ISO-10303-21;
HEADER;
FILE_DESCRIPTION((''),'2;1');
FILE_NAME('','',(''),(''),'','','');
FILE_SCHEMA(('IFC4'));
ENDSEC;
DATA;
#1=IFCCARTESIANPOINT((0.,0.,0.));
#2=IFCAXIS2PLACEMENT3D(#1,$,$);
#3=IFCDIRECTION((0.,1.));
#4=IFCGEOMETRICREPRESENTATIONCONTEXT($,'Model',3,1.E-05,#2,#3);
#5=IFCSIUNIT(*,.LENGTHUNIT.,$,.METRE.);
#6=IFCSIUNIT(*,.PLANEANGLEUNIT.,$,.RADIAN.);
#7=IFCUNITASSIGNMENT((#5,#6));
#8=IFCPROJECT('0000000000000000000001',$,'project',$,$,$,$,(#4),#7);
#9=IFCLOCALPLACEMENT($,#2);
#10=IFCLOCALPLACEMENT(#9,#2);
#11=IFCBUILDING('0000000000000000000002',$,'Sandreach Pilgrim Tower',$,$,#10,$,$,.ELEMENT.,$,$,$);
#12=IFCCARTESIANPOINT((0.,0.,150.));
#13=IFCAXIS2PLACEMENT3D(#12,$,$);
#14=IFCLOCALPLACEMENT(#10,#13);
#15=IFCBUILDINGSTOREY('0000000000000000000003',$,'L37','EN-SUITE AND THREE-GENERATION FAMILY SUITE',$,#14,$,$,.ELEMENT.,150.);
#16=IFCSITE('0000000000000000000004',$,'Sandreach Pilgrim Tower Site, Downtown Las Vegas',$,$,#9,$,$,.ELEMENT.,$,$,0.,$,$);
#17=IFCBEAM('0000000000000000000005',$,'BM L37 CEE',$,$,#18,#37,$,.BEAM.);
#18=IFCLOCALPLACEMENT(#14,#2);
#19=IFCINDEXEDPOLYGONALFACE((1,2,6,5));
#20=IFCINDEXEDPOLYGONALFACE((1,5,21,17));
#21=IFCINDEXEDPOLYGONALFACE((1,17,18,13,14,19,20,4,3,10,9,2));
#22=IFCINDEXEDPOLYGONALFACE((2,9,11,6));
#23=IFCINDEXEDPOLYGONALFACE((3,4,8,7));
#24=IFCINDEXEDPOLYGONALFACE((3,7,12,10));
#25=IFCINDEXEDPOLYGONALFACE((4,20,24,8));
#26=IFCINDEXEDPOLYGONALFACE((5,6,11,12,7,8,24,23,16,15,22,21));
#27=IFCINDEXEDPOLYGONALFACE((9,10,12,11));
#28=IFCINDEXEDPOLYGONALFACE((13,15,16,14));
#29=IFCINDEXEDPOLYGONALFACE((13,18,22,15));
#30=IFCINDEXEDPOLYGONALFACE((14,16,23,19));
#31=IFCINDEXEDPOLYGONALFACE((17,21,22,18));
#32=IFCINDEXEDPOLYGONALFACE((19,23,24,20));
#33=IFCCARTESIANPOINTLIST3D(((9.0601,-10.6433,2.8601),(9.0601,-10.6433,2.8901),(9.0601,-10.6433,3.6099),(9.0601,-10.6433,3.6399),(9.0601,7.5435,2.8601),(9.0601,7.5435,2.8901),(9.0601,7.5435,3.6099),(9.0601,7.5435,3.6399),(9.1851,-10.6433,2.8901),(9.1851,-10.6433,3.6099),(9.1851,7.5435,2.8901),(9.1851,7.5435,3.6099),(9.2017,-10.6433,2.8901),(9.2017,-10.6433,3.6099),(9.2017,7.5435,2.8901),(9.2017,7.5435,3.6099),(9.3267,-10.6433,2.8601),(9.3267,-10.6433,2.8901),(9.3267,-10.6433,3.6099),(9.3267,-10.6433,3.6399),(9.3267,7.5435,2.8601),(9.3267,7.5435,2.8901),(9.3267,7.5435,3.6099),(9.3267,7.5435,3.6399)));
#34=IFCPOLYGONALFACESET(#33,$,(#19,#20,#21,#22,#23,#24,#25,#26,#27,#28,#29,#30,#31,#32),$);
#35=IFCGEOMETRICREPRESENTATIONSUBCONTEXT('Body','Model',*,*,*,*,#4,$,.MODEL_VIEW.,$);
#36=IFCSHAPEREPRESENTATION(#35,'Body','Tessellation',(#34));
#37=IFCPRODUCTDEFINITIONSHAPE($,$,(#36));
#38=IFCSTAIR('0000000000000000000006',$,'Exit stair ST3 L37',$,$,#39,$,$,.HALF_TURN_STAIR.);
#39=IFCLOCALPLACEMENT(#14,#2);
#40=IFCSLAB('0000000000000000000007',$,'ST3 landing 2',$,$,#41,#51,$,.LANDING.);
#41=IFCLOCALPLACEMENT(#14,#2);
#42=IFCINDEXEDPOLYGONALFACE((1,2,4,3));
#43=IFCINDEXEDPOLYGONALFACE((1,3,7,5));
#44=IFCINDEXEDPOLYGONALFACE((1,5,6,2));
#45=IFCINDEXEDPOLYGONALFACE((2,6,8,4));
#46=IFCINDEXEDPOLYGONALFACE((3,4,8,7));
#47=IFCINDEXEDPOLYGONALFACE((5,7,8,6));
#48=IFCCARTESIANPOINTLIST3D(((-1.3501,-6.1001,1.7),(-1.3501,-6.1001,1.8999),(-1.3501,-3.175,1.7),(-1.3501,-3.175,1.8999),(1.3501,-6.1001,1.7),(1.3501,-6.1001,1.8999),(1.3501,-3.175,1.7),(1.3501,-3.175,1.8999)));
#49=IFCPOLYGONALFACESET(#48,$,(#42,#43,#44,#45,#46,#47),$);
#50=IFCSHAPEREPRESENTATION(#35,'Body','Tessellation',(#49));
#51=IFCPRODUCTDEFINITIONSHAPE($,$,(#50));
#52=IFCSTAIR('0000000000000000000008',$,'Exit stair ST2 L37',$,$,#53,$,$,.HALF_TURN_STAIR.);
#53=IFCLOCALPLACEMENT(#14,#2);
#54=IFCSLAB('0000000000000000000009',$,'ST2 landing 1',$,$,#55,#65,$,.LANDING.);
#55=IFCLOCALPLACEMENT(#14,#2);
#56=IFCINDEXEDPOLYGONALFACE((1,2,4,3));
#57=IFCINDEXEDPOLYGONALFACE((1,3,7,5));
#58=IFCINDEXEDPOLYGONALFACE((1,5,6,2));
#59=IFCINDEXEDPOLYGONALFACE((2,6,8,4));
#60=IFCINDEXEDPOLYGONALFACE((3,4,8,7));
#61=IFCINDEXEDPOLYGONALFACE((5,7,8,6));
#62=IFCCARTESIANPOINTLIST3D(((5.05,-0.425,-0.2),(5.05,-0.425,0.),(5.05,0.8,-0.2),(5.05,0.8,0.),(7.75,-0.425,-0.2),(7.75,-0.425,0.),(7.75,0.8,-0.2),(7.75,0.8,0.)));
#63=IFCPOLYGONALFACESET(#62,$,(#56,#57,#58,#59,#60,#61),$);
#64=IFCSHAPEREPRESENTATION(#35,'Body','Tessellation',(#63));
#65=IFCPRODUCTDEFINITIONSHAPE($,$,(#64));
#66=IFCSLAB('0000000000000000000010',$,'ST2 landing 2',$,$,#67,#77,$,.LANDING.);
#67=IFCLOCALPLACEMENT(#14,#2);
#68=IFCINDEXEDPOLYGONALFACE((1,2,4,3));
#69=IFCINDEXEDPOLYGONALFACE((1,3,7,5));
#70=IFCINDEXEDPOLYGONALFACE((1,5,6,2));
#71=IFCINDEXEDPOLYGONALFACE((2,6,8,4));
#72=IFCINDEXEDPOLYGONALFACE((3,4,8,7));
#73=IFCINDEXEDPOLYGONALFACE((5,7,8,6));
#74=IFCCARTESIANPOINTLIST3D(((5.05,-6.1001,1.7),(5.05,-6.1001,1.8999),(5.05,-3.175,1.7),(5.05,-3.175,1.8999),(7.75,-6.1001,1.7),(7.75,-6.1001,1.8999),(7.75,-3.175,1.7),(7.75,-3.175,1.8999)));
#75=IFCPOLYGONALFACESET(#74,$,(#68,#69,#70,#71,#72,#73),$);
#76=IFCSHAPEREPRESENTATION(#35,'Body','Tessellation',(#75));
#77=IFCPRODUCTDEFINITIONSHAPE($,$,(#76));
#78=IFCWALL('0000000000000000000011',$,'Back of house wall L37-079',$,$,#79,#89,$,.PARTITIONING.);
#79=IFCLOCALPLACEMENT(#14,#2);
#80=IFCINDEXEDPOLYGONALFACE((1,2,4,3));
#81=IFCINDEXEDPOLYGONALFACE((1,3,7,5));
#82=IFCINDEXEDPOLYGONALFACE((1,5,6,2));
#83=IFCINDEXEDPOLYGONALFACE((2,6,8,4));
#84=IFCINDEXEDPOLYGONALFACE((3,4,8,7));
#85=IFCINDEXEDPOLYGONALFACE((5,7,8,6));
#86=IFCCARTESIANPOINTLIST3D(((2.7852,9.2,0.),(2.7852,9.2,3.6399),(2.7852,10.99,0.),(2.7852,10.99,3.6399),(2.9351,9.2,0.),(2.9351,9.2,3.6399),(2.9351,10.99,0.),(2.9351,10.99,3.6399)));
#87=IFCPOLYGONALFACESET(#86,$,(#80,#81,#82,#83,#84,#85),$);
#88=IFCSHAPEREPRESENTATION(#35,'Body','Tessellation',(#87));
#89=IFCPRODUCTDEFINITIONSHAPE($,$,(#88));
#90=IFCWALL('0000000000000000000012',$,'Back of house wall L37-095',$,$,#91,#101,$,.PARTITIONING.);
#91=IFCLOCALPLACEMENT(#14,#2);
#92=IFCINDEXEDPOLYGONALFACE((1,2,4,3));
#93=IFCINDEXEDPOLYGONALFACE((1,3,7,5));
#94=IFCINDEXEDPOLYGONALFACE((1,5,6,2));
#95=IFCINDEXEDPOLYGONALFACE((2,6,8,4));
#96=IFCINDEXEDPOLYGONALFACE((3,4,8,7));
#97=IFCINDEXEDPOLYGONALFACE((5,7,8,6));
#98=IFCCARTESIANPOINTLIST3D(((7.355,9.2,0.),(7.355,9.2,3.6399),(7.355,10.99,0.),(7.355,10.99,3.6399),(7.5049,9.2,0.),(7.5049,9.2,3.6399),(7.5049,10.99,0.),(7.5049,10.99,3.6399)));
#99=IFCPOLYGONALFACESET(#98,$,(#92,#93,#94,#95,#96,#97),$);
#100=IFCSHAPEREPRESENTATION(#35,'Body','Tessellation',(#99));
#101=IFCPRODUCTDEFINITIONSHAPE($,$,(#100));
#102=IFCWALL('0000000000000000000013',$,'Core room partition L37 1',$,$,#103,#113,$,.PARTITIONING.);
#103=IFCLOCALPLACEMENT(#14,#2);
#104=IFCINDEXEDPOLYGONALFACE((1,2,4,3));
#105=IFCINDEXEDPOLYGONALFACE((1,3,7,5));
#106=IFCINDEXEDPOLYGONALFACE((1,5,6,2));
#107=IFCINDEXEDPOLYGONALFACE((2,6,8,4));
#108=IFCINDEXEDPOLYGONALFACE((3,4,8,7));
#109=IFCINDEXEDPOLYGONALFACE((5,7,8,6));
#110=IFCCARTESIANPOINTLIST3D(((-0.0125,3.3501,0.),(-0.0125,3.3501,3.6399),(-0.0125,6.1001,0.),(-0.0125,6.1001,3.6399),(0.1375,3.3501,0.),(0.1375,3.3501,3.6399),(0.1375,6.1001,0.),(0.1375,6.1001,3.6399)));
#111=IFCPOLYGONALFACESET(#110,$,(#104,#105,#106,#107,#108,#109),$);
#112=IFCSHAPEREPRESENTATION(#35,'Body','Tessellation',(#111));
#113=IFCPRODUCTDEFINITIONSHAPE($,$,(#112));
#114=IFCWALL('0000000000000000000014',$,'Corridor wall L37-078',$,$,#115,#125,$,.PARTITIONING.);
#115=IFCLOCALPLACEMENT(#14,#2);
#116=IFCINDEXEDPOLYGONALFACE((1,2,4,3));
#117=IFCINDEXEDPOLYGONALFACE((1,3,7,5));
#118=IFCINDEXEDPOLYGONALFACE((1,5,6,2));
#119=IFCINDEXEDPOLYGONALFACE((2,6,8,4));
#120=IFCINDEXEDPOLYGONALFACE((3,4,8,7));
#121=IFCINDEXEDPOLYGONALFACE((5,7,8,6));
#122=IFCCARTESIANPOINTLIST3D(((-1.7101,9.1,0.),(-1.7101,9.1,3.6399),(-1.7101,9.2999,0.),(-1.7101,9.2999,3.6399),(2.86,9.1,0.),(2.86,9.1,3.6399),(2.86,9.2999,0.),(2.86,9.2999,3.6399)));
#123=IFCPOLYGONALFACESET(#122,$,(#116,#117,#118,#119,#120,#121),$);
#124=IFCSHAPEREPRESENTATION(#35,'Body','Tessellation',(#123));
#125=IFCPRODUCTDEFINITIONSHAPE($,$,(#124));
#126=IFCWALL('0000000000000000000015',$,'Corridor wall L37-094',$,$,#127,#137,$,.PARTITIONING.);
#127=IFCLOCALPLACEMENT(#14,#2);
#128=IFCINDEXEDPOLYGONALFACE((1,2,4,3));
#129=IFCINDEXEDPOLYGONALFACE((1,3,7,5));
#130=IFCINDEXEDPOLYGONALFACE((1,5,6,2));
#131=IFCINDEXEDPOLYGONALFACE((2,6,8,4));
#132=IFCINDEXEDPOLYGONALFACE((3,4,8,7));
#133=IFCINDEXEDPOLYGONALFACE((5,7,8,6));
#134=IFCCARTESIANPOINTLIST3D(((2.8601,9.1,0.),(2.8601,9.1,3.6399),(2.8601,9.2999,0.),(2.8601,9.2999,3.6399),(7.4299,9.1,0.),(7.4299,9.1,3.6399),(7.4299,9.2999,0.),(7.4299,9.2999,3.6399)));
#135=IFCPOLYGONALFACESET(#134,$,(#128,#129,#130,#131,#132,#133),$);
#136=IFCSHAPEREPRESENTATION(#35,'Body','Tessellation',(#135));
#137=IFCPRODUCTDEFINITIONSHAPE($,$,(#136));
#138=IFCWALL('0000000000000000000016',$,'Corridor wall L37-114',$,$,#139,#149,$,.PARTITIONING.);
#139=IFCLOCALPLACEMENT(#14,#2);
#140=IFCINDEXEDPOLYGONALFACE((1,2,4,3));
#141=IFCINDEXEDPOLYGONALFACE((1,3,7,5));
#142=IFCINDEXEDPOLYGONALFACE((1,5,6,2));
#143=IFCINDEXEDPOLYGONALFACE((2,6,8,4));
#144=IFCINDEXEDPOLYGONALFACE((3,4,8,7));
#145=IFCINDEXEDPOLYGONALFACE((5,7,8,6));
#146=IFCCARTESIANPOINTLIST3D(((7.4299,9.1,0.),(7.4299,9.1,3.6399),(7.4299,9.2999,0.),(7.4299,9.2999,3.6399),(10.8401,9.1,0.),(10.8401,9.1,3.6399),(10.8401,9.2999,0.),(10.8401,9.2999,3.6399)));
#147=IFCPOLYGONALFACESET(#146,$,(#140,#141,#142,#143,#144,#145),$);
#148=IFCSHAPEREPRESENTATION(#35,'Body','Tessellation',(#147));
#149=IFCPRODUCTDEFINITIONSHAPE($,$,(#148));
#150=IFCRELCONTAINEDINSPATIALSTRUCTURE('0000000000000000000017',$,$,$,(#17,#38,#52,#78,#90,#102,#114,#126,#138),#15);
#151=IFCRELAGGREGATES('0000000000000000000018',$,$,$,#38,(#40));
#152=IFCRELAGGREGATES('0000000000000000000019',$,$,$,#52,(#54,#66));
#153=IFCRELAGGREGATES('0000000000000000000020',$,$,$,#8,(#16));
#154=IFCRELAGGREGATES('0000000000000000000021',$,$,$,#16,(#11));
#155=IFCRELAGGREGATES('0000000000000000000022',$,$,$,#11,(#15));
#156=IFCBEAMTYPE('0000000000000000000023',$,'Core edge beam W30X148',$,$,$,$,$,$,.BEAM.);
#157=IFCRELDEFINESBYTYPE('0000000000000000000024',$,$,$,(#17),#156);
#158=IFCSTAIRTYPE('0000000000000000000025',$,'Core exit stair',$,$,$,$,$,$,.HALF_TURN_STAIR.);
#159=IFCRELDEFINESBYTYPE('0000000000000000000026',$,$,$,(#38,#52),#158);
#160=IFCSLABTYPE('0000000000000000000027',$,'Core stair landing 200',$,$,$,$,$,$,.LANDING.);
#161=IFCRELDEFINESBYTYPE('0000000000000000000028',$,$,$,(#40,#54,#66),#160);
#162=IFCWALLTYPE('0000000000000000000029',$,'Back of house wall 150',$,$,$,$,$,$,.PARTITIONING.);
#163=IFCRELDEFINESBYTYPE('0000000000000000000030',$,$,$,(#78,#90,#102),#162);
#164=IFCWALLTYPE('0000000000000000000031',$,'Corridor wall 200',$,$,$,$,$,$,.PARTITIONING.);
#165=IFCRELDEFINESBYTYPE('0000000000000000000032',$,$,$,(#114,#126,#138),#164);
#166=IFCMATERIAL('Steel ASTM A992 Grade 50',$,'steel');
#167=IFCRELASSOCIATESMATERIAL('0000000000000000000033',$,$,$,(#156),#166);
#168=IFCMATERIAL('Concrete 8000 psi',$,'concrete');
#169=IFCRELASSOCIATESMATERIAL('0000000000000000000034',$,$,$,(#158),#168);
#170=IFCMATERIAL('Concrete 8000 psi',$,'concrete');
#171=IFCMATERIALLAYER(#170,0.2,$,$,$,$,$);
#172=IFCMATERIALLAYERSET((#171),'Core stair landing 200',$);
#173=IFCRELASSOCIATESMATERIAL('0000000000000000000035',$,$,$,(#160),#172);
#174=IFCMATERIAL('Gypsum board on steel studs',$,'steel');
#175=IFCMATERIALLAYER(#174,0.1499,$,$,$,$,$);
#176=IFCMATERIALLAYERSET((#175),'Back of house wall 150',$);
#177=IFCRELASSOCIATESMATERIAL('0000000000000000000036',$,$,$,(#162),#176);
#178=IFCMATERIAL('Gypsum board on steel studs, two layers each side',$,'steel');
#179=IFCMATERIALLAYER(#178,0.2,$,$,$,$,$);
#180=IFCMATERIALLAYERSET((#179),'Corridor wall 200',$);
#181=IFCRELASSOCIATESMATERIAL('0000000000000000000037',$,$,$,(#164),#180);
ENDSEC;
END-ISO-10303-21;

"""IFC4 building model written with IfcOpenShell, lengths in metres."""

from ifc_helpers import new_model, si_unit, direction, frame, frame_2d, origin, origin_2d, place, context, subcontext, project, spatial, polyline, rectangle, i_section, outline, extrude, material, layer, layer_set, material_profile, profile_set, type_object, element, aggregate, save


model = new_model("IFC4")

# Units and contexts
model_context = context("Model", 3, precision=1e-05, world=origin(), true_north=direction((0.0, 1.0)))
body_context = subcontext(model_context, "Body", "Model", "MODEL_VIEW")
ifc_project = project(units=[si_unit("LENGTHUNIT", "METRE"), si_unit("PLANEANGLEUNIT", "RADIAN")], contexts=[model_context])

# Site, building, storey
site_placement = place(None, origin())
site = spatial("IfcSite", under=ifc_project, at=site_placement, Name="Sandreach Pilgrim Tower Site, Downtown Las Vegas", CompositionType="ELEMENT", RefElevation=0.0)
building_placement = place(site_placement, origin())
building = spatial("IfcBuilding", under=site, at=building_placement, Name="Sandreach Pilgrim Tower", CompositionType="ELEMENT")
storey_placement = place(building_placement, frame((0.0, 0.0, 150.0)))
storey = spatial("IfcBuildingStorey", under=building, at=storey_placement, Name="L37", Description="EN-SUITE AND THREE-GENERATION FAMILY SUITE", CompositionType="ELEMENT", Elevation=150.0)

# Beam
ifc_material_1 = material(Name="Steel ASTM A992 Grade 50", Category="steel")
ifc_material_profile = material_profile(ifc_material_1, i_section(OverallWidth=0.2666, OverallDepth=0.7798, WebThickness=0.0166, FlangeThickness=0.03, at=origin_2d()), Name="W30X148")
ifc_profile_set = profile_set([ifc_material_profile], Name="Steel ASTM A992 Grade 50")
beam_type = type_object("IfcBeamType", Name="Core edge beam W30X148", PredefinedType="BEAM", material=ifc_profile_set)
beam_placement = place(storey_placement, frame((9.1934, 7.5435, 3.25), z_axis=(0.0, -1.0, 0.0), x_axis=(1.0, 0.0, 0.0)))
element("IfcBeam", 1, at=beam_placement, inside=storey, type_object=beam_type, Name="BM L37 CEE", PredefinedType="BEAM", context=body_context, shape_type="SweptSolid", body=[
    extrude(i_section(OverallWidth=0.2666, OverallDepth=0.7798, WebThickness=0.0166, FlangeThickness=0.03, at=origin_2d()), origin(), (0.0, 0.0, 1.0), 18.1868),
])

# Stair, slab
ifc_material_2 = material(Name="Concrete 8000 psi", Category="concrete")
stair_type = type_object("IfcStairType", Name="Core exit stair", PredefinedType="HALF_TURN_STAIR", material=ifc_material_2)
stair_1_placement = place(storey_placement, origin())
stair_1 = element("IfcStair", 2, at=stair_1_placement, inside=storey, type_object=stair_type, Name="Exit stair ST3 L37", PredefinedType="HALF_TURN_STAIR")
ifc_material_3 = material(Name="Concrete 8000 psi", Category="concrete")
ifc_layer_1 = layer(ifc_material_3, 0.2)
ifc_layer_set_1 = layer_set([ifc_layer_1], Name="Core stair landing 200")
slab_type = type_object("IfcSlabType", Name="Core stair landing 200", PredefinedType="LANDING", material=ifc_layer_set_1)
slab_1_placement = place(storey_placement, frame((0.0, 0.0, 1.7)))
slab_1 = element("IfcSlab", 3, at=slab_1_placement, type_object=slab_type, Name="ST3 landing 2", PredefinedType="LANDING", context=body_context, shape_type="SweptSolid", body=[
    extrude(outline(polyline([(-1.3501, -6.1001), (1.3501, -6.1001), (1.3501, -3.175), (-1.3501, -3.175), (-1.3501, -6.1001)])), origin(), (0.0, 0.0, 1.0), 0.2),
])
aggregate(stair_1, [slab_1])

# Stair, slabs
stair_2_placement = place(storey_placement, origin())
stair_2 = element("IfcStair", 4, at=stair_2_placement, inside=storey, type_object=stair_type, Name="Exit stair ST2 L37", PredefinedType="HALF_TURN_STAIR")
slab_2_placement = place(storey_placement, frame((0.0, 0.0, -0.2)))
slab_2 = element("IfcSlab", 5, at=slab_2_placement, type_object=slab_type, Name="ST2 landing 1", PredefinedType="LANDING", context=body_context, shape_type="SweptSolid", body=[
    extrude(outline(polyline([(5.05, -0.425), (7.75, -0.425), (7.75, 0.8), (5.05, 0.8), (5.05, -0.425)])), origin(), (0.0, 0.0, 1.0), 0.2),
])
slab_3_placement = place(storey_placement, frame((0.0, 0.0, 1.7)))
slab_3 = element("IfcSlab", 6, at=slab_3_placement, type_object=slab_type, Name="ST2 landing 2", PredefinedType="LANDING", context=body_context, shape_type="SweptSolid", body=[
    extrude(outline(polyline([(5.05, -6.1001), (7.75, -6.1001), (7.75, -3.175), (5.05, -3.175), (5.05, -6.1001)])), origin(), (0.0, 0.0, 1.0), 0.2),
])
aggregate(stair_2, [slab_2, slab_3])

# Walls
ifc_material_4 = material(Name="Gypsum board on steel studs", Category="steel")
ifc_layer_2 = layer(ifc_material_4, 0.1499)
ifc_layer_set_2 = layer_set([ifc_layer_2], Name="Back of house wall 150")
wall_type_1 = type_object("IfcWallType", Name="Back of house wall 150", PredefinedType="PARTITIONING", material=ifc_layer_set_2)
for number, where, z_axis, x_axis, name in (
    (7, (2.8601, 10.99, 0.0), (0.0, 0.0, 1.0), (0.0, -1.0, 0.0), "Back of house wall L37-079"),
    (8, (7.4299, 10.99, 0.0), (0.0, 0.0, 1.0), (0.0, -1.0, 0.0), "Back of house wall L37-095"),
):
    element("IfcWall", number, at=place(storey_placement, frame(where, z_axis=z_axis, x_axis=x_axis)), inside=storey, type_object=wall_type_1, Name=name, PredefinedType="PARTITIONING", context=body_context, shape_type="SweptSolid", body=[
        extrude(rectangle(XDim=1.79, YDim=0.1499, at=frame_2d((0.895, 0.0))), origin(), (0.0, 0.0, 1.0), 3.6399),
    ])
wall_1_placement = place(storey_placement, frame((0.0625, 3.3501, 0.0), z_axis=(0.0, 0.0, 1.0), x_axis=(0.0, 1.0, 0.0)))
element("IfcWall", 9, at=wall_1_placement, inside=storey, type_object=wall_type_1, Name="Core room partition L37 1", PredefinedType="PARTITIONING", context=body_context, shape_type="SweptSolid", body=[
    extrude(rectangle(XDim=2.75, YDim=0.1499, at=frame_2d((1.375, 0.0))), origin(), (0.0, 0.0, 1.0), 3.6399),
])

# Wall
ifc_material_5 = material(Name="Gypsum board on steel studs, two layers each side", Category="steel")
ifc_layer_3 = layer(ifc_material_5, 0.2)
ifc_layer_set_3 = layer_set([ifc_layer_3], Name="Corridor wall 200")
wall_type_2 = type_object("IfcWallType", Name="Corridor wall 200", PredefinedType="PARTITIONING", material=ifc_layer_set_3)
wall_2_placement = place(storey_placement, frame((2.8601, 9.2, 0.0), z_axis=(0.0, 0.0, 1.0), x_axis=(-1.0, 0.0, 0.0)))
element("IfcWall", 10, at=wall_2_placement, inside=storey, type_object=wall_type_2, Name="Corridor wall L37-078", PredefinedType="PARTITIONING", context=body_context, shape_type="SweptSolid", body=[
    extrude(rectangle(XDim=4.5701, YDim=0.2, at=frame_2d((2.2852, 0.0))), origin(), (0.0, 0.0, 1.0), 3.6399),
])

# Walls
wall_3_placement = place(storey_placement, frame((7.4299, 9.2, 0.0), z_axis=(0.0, 0.0, 1.0), x_axis=(-1.0, 0.0, 0.0)))
element("IfcWall", 11, at=wall_3_placement, inside=storey, type_object=wall_type_2, Name="Corridor wall L37-094", PredefinedType="PARTITIONING", context=body_context, shape_type="SweptSolid", body=[
    extrude(rectangle(XDim=4.5698, YDim=0.2, at=frame_2d((2.2849, 0.0))), origin(), (0.0, 0.0, 1.0), 3.6399),
])
wall_4_placement = place(storey_placement, frame((10.8401, 9.2, 0.0), z_axis=(0.0, 0.0, 1.0), x_axis=(-1.0, 0.0, 0.0)))
element("IfcWall", 12, at=wall_4_placement, inside=storey, type_object=wall_type_2, Name="Corridor wall L37-114", PredefinedType="PARTITIONING", context=body_context, shape_type="SweptSolid", body=[
    extrude(rectangle(XDim=3.4102, YDim=0.2, at=frame_2d((1.7051, 0.0))), origin(), (0.0, 0.0, 1.0), 3.6399),
])

save(model, "model.ifc")
